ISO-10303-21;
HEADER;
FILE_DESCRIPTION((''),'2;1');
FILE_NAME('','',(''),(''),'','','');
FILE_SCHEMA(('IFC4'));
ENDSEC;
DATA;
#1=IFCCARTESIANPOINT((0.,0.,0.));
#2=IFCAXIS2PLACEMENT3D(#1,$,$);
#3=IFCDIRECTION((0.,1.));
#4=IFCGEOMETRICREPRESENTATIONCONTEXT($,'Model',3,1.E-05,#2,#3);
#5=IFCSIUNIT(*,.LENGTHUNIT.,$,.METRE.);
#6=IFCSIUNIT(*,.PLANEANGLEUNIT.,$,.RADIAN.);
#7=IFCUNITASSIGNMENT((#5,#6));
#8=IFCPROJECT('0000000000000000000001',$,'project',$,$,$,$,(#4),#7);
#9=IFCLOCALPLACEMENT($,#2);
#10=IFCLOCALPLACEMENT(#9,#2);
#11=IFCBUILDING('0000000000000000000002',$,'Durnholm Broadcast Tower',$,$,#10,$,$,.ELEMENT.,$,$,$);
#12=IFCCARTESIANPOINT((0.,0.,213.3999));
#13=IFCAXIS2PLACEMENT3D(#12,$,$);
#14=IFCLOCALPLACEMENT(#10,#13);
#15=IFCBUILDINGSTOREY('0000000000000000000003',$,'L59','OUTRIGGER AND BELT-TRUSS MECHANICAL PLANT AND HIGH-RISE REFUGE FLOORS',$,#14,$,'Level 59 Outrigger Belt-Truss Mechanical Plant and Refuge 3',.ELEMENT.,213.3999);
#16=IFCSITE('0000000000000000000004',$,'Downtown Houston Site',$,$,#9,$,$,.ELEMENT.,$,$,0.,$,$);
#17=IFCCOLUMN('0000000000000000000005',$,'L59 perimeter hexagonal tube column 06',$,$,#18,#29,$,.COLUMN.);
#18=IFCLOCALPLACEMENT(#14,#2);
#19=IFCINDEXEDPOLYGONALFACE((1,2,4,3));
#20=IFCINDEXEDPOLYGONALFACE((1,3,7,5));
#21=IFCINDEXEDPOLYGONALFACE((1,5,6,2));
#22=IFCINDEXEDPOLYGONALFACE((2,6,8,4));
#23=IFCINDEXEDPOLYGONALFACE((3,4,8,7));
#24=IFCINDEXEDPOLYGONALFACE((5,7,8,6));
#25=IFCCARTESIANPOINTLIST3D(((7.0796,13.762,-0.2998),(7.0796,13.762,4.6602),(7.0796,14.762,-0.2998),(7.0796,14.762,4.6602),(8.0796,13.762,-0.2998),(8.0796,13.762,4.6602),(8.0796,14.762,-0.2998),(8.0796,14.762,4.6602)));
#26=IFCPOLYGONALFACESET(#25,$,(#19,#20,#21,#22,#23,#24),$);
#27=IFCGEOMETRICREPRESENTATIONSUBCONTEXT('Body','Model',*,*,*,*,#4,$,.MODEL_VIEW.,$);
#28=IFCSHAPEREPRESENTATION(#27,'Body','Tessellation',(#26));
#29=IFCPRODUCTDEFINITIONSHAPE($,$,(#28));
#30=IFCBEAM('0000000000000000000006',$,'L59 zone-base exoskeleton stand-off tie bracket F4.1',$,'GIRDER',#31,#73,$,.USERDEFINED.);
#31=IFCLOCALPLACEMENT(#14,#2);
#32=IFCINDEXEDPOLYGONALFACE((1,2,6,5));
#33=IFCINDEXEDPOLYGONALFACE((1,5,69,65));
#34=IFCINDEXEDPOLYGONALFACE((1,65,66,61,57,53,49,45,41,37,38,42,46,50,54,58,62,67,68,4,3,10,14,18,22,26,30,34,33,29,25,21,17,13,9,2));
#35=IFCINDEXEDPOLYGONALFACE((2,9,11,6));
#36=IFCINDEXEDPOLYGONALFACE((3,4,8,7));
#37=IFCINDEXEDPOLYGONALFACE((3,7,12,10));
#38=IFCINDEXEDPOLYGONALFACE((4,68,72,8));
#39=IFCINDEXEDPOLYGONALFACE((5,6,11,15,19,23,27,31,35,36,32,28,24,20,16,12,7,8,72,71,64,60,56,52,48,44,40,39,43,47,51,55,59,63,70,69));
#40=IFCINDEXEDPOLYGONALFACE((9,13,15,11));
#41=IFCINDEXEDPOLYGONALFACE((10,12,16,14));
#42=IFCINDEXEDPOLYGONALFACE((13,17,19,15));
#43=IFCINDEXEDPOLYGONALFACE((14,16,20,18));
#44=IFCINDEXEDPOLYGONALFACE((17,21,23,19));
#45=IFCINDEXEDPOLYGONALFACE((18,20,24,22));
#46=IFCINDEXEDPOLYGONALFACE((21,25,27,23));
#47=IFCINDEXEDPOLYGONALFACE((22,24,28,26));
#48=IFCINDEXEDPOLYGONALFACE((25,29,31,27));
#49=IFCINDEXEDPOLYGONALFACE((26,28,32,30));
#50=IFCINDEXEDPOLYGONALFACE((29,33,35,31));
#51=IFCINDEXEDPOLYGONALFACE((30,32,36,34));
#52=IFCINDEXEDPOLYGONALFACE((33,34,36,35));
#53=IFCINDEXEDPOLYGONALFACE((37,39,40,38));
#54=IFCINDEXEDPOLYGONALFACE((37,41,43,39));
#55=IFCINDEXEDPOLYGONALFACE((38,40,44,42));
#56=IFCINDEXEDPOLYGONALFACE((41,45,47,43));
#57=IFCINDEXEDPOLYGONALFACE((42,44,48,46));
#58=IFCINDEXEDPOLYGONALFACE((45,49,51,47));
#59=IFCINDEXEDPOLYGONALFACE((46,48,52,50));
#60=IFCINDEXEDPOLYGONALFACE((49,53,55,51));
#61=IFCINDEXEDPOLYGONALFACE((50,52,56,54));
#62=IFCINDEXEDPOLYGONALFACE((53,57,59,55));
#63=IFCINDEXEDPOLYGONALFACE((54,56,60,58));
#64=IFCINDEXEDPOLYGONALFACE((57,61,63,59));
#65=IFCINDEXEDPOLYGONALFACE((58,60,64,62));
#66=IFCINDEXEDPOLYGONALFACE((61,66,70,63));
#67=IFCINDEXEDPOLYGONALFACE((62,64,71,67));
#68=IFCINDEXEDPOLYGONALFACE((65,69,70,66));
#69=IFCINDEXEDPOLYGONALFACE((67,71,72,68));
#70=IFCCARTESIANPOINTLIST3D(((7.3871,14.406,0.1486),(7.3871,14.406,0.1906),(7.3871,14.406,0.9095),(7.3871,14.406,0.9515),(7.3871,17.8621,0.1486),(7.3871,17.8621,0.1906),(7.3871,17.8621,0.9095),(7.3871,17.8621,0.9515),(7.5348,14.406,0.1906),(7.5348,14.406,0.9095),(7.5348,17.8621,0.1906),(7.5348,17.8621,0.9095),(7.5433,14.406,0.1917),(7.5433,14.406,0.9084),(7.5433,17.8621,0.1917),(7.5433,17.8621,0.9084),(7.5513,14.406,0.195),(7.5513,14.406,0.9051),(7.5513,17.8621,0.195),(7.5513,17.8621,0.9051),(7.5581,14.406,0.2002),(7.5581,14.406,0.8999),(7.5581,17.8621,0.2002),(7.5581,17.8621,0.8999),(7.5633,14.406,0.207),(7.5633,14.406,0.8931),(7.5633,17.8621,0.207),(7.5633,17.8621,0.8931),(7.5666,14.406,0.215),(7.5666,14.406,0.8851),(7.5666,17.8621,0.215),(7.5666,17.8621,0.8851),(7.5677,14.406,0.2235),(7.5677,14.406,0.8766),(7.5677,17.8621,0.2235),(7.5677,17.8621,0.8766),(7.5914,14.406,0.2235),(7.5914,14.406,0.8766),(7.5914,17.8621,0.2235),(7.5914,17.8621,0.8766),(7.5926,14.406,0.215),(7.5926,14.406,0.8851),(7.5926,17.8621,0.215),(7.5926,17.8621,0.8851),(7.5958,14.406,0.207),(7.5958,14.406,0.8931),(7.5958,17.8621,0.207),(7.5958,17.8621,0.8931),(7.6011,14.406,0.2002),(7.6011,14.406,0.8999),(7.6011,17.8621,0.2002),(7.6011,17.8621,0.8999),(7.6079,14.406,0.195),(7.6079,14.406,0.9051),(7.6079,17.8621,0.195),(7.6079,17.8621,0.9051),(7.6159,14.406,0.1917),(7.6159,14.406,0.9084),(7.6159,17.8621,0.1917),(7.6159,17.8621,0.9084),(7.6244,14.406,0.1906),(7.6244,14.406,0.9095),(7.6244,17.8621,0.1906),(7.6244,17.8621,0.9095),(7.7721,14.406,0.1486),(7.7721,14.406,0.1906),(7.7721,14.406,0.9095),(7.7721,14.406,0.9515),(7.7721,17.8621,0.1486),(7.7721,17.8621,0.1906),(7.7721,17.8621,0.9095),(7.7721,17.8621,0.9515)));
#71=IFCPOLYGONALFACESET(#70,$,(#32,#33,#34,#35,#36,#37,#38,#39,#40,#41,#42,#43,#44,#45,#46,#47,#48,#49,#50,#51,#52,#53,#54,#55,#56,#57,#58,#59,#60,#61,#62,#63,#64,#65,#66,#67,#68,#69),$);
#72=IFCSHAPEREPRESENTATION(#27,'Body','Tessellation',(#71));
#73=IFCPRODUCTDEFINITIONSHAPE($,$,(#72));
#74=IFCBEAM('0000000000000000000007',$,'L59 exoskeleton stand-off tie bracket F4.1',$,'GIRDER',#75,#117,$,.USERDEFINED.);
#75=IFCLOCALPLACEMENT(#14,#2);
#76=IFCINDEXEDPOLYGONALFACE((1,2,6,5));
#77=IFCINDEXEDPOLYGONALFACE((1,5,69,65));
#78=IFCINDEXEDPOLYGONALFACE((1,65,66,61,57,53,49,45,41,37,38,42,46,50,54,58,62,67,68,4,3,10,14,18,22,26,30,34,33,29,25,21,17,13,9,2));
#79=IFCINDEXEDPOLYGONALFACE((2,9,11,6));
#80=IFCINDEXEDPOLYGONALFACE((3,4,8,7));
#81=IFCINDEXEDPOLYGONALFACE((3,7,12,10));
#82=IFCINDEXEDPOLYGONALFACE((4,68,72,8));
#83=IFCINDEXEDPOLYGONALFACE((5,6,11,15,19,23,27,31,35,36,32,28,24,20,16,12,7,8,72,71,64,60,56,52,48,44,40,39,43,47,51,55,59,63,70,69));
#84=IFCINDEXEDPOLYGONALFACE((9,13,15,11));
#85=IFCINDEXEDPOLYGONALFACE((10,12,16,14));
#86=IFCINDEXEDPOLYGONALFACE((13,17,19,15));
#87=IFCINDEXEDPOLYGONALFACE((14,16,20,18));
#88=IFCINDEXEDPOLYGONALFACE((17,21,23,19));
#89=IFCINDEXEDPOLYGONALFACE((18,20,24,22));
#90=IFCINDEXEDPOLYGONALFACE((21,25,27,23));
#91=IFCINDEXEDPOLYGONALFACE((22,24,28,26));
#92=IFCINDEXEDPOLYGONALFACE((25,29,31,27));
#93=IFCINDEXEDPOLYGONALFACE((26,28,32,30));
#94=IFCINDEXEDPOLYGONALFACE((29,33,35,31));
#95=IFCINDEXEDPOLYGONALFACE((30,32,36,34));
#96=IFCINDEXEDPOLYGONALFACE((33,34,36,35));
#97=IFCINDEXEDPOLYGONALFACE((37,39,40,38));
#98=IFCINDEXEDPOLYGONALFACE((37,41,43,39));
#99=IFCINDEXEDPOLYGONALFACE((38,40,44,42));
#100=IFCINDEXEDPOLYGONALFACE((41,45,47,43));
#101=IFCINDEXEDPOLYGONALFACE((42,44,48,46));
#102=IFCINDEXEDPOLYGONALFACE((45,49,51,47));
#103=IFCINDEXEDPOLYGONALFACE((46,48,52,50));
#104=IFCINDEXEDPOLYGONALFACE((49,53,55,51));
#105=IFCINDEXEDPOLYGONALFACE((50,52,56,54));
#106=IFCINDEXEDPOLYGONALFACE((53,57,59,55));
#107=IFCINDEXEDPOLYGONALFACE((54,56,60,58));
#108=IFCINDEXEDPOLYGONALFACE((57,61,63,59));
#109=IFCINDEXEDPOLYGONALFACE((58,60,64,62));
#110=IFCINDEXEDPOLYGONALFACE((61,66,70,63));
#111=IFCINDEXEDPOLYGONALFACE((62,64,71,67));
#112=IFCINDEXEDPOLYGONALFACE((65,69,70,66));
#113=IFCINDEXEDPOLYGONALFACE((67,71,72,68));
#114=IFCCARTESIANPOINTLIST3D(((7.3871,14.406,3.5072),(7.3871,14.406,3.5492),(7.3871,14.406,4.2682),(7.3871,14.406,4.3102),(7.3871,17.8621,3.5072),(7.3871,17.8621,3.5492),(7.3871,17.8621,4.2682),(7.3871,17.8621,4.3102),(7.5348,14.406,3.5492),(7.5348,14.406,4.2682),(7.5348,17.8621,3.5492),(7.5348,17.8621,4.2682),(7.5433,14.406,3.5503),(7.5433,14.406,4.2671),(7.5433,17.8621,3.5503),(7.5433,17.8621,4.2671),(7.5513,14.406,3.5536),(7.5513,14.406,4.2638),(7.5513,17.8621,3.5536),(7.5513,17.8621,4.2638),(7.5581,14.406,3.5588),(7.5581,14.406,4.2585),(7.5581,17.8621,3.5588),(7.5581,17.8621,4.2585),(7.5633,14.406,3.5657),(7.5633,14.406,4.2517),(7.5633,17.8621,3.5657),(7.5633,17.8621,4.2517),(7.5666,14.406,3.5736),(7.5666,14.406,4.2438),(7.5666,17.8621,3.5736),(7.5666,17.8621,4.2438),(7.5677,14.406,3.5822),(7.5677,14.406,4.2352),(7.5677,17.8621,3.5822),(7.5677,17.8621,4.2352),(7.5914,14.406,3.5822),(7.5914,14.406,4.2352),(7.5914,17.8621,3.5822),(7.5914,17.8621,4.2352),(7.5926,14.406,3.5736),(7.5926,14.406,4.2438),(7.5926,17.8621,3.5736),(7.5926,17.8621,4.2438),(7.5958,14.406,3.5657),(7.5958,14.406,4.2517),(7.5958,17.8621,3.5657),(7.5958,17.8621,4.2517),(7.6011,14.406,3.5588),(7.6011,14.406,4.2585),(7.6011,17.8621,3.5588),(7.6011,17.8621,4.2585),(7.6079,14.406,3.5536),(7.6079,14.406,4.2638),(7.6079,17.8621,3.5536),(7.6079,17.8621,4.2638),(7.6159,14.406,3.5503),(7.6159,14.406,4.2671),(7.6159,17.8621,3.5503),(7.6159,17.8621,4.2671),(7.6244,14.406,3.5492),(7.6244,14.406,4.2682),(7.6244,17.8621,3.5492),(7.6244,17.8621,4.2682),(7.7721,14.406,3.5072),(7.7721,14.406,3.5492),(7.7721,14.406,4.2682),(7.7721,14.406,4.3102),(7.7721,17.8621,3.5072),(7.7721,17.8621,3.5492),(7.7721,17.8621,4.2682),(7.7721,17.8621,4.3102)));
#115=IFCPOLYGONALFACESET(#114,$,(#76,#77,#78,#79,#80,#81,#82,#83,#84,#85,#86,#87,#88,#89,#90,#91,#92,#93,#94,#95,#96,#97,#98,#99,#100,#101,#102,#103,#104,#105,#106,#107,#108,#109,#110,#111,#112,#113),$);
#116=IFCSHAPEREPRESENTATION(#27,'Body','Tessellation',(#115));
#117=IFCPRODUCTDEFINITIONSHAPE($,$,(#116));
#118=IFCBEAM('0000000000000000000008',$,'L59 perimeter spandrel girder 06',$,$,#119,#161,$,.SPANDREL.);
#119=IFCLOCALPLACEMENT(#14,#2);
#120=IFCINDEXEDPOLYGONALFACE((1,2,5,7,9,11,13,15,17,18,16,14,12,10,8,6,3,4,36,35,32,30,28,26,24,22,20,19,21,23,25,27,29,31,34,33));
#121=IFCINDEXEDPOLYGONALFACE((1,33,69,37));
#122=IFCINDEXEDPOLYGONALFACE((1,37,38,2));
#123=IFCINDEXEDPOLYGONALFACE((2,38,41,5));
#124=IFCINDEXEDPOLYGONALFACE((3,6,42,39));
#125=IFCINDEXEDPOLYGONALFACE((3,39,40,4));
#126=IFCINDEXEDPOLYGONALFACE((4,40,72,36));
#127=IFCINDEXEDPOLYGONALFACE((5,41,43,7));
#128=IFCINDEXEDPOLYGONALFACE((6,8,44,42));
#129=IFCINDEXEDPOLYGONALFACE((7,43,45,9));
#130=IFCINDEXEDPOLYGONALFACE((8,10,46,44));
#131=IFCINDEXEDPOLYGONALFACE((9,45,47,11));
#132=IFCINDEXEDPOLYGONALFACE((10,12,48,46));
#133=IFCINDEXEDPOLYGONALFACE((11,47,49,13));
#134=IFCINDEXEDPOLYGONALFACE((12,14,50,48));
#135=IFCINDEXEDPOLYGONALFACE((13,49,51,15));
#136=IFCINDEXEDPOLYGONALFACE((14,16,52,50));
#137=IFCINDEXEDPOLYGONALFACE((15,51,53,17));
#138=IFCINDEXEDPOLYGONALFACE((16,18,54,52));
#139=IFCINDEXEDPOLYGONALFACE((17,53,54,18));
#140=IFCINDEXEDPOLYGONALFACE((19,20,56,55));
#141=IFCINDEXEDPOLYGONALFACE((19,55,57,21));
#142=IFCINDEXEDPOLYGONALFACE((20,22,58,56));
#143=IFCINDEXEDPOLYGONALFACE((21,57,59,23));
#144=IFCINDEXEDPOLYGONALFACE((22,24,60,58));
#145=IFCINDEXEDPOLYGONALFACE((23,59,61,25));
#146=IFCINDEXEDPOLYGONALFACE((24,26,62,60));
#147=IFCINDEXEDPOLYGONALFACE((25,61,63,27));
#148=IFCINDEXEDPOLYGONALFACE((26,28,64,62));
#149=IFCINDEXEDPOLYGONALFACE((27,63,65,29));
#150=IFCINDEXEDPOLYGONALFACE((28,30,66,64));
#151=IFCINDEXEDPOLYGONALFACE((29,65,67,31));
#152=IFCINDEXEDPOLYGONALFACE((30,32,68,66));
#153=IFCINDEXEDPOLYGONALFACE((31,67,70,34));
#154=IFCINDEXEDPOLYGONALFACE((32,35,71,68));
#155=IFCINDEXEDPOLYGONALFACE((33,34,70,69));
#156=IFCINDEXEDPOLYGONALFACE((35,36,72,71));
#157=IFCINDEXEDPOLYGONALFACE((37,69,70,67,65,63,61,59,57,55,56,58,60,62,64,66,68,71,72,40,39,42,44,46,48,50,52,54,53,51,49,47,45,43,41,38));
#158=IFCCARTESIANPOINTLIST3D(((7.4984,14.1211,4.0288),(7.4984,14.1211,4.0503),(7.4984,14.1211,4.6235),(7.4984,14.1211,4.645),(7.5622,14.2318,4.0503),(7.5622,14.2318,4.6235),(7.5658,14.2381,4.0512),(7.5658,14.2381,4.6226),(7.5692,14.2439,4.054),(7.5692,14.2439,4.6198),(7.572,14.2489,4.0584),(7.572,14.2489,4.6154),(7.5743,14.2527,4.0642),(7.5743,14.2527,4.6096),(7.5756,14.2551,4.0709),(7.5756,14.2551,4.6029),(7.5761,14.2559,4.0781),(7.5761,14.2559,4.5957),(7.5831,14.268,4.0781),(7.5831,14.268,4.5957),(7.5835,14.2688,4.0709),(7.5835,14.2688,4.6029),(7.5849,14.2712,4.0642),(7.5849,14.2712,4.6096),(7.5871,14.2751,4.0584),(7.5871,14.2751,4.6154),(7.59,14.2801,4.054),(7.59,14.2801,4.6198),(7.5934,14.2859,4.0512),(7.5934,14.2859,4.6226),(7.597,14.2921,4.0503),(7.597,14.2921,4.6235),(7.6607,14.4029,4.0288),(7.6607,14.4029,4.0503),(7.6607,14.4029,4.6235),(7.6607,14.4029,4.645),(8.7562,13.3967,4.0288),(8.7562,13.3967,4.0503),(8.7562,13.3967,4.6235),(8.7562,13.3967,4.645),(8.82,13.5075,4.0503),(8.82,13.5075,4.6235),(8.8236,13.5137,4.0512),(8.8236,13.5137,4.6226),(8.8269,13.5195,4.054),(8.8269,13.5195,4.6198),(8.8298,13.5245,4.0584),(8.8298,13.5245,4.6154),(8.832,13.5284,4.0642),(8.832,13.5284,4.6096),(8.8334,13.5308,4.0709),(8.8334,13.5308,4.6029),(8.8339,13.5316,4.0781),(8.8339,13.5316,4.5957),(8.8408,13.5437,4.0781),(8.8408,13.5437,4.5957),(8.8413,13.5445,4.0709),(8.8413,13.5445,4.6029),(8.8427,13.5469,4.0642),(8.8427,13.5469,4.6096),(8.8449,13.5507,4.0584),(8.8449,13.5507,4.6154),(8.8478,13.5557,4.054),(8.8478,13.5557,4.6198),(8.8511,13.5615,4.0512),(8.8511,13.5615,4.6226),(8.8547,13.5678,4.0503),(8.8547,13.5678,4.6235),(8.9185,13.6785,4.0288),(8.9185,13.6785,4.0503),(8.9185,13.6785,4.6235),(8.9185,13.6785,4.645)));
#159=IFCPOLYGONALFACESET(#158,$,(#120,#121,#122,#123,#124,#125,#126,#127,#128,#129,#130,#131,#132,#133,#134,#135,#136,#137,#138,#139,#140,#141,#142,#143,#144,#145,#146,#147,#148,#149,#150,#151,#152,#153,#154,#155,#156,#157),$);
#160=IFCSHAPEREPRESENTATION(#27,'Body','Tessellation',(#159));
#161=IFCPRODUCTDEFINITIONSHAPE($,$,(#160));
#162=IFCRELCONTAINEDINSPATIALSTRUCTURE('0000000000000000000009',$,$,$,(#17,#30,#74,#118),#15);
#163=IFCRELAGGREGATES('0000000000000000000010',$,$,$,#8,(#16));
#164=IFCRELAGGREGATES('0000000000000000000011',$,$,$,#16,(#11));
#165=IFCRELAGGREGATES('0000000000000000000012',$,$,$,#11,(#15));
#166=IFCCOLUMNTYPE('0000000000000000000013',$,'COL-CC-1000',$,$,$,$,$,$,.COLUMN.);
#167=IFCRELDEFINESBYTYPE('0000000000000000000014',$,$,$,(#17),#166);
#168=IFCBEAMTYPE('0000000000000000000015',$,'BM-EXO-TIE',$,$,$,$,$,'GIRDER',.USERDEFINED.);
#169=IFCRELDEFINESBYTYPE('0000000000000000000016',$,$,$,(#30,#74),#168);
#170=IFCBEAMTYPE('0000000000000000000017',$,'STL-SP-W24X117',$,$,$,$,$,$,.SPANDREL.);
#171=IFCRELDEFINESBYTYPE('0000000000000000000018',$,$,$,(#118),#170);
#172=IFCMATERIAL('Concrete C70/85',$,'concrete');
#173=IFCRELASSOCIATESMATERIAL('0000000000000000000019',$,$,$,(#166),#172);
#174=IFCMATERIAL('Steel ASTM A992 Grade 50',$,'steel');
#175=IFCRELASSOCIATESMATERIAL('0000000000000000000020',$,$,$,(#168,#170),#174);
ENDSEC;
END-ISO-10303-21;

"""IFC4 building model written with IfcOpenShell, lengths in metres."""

from ifc_helpers import new_model, si_unit, direction, frame, origin, origin_2d, place, context, subcontext, project, spatial, rectangle, i_section, extrude, source, transform, mapped, material, material_profile, profile_set, type_object, type_shapes, element, save


model = new_model("IFC4")

# Units and contexts
model_context = context("Model", 3, precision=1e-05, world=origin(), true_north=direction((0.0, 1.0)))
body_context = subcontext(model_context, "Body", "Model", "MODEL_VIEW")
ifc_project = project(units=[si_unit("LENGTHUNIT", "METRE"), si_unit("PLANEANGLEUNIT", "RADIAN")], contexts=[model_context])

# Site, building, storey
site_placement = place(None, origin())
site = spatial("IfcSite", under=ifc_project, at=site_placement, Name="Downtown Houston Site", CompositionType="ELEMENT", RefElevation=0.0)
building_placement = place(site_placement, origin())
building = spatial("IfcBuilding", under=site, at=building_placement, Name="Durnholm Broadcast Tower", CompositionType="ELEMENT")
storey_placement = place(building_placement, frame((0.0, 0.0, 213.3999)))
storey = spatial("IfcBuildingStorey", under=building, at=storey_placement, Name="L59", Description="OUTRIGGER AND BELT-TRUSS MECHANICAL PLANT AND HIGH-RISE REFUGE FLOORS", LongName="Level 59 Outrigger Belt-Truss Mechanical Plant and Refuge 3", CompositionType="ELEMENT", Elevation=213.3999)

# Column
ifc_material_1 = material(Name="Concrete C70/85", Category="concrete")
ifc_material_profile_1 = material_profile(ifc_material_1, rectangle(XDim=1.0, YDim=1.0, at=origin_2d()), Name="RC1000X1000")
ifc_profile_set_1 = profile_set([ifc_material_profile_1], Name="Concrete C70/85")
column_type = type_object("IfcColumnType", Name="COL-CC-1000", PredefinedType="COLUMN", material=ifc_profile_set_1)
shared_shape_1 = source(origin(), body_context, "Body", "SweptSolid", [
    extrude(rectangle(XDim=1.0, YDim=1.0, at=origin_2d()), origin(), (0.0, 0.0, 1.0), 4.96),
])
type_shapes(column_type, [shared_shape_1])
column_placement = place(storey_placement, frame((7.5796, 14.262, -0.2998), z_axis=(0.0, 0.0, 1.0), x_axis=(1.0, 0.0, 0.0)))
element("IfcColumn", 1, at=column_placement, inside=storey, type_object=column_type, Name="L59 perimeter hexagonal tube column 06", PredefinedType="COLUMN", context=body_context, shape_type="MappedRepresentation", body=[
    mapped(shared_shape_1, transform((0.0, 0.0, 0.0), x_axis=(1.0, 0.0, 0.0), y_axis=(0.0, 1.0, 0.0), z_axis=(0.0, 0.0, 1.0), scale=1.0)),
])

# Beams
ifc_material_2 = material(Name="Steel ASTM A992 Grade 50", Category="steel")
ifc_material_profile_2 = material_profile(ifc_material_2, i_section(OverallWidth=0.385, OverallDepth=0.803, WebThickness=0.0237, FlangeThickness=0.042, FilletRadius=0.033, at=origin_2d()), Name="W30X261")
ifc_profile_set_2 = profile_set([ifc_material_profile_2], Name="Steel ASTM A992 Grade 50")
beam_type_1 = type_object("IfcBeamType", Name="BM-EXO-TIE", ElementType="GIRDER", PredefinedType="USERDEFINED", material=ifc_profile_set_2)
shared_shape_2 = source(origin(), body_context, "Body", "SweptSolid", [
    extrude(i_section(OverallWidth=0.385, OverallDepth=0.803, WebThickness=0.0237, FlangeThickness=0.042, FilletRadius=0.033, at=origin_2d()), origin(), (0.0, 0.0, 1.0), 3.4561),
])
for number, where, z_axis, x_axis, name in (
    (2, (7.5796, 14.406, 0.55), (0.0, 1.0, 0.0), (-1.0, 0.0, 0.0), "L59 zone-base exoskeleton stand-off tie bracket F4.1"),
    (3, (7.5796, 14.406, 3.9087), (0.0, 1.0, 0.0), (-1.0, 0.0, 0.0), "L59 exoskeleton stand-off tie bracket F4.1"),
):
    element("IfcBeam", number, at=place(storey_placement, frame(where, z_axis=z_axis, x_axis=x_axis)), inside=storey, type_object=beam_type_1, Name=name, ObjectType="GIRDER", PredefinedType="USERDEFINED", context=body_context, shape_type="MappedRepresentation", body=[
        mapped(shared_shape_2, transform((0.0, 0.0, 0.0), x_axis=(1.0, 0.0, 0.0), y_axis=(0.0, 1.0, 0.0), z_axis=(0.0, 0.0, 1.0), scale=1.0)),
    ])
ifc_material_profile_3 = material_profile(ifc_material_2, i_section(OverallWidth=0.3252, OverallDepth=0.6162, WebThickness=0.0139, FlangeThickness=0.0215, FilletRadius=0.0278, at=origin_2d()), Name="W24X117")
ifc_profile_set_3 = profile_set([ifc_material_profile_3], Name="Steel ASTM A992 Grade 50")
beam_type_2 = type_object("IfcBeamType", Name="STL-SP-W24X117", PredefinedType="SPANDREL", material=ifc_profile_set_3)
shared_shape_3 = source(origin(), body_context, "Body", "SweptSolid", [
    extrude(i_section(OverallWidth=0.3252, OverallDepth=0.6162, WebThickness=0.0139, FlangeThickness=0.0215, FilletRadius=0.0278, at=origin_2d()), origin(), (0.0, 0.0, 1.0), 1.4514),
])
type_shapes(beam_type_2, [shared_shape_3])
beam_1_placement = place(storey_placement, frame((7.5796, 14.262, 4.3369), z_axis=(0.866572, -0.499052, 0.0), x_axis=(0.499052, 0.866572, 0.0)))
element("IfcBeam", 4, at=beam_1_placement, inside=storey, type_object=beam_type_2, Name="L59 perimeter spandrel girder 06", PredefinedType="SPANDREL", context=body_context, shape_type="MappedRepresentation", body=[
    mapped(shared_shape_3, transform((0.0, 0.0, 0.0), x_axis=(1.0, 0.0, 0.0), y_axis=(0.0, 1.0, 0.0), z_axis=(0.0, 0.0, 1.0), scale=1.0)),
])

save(model, "model.ifc")
